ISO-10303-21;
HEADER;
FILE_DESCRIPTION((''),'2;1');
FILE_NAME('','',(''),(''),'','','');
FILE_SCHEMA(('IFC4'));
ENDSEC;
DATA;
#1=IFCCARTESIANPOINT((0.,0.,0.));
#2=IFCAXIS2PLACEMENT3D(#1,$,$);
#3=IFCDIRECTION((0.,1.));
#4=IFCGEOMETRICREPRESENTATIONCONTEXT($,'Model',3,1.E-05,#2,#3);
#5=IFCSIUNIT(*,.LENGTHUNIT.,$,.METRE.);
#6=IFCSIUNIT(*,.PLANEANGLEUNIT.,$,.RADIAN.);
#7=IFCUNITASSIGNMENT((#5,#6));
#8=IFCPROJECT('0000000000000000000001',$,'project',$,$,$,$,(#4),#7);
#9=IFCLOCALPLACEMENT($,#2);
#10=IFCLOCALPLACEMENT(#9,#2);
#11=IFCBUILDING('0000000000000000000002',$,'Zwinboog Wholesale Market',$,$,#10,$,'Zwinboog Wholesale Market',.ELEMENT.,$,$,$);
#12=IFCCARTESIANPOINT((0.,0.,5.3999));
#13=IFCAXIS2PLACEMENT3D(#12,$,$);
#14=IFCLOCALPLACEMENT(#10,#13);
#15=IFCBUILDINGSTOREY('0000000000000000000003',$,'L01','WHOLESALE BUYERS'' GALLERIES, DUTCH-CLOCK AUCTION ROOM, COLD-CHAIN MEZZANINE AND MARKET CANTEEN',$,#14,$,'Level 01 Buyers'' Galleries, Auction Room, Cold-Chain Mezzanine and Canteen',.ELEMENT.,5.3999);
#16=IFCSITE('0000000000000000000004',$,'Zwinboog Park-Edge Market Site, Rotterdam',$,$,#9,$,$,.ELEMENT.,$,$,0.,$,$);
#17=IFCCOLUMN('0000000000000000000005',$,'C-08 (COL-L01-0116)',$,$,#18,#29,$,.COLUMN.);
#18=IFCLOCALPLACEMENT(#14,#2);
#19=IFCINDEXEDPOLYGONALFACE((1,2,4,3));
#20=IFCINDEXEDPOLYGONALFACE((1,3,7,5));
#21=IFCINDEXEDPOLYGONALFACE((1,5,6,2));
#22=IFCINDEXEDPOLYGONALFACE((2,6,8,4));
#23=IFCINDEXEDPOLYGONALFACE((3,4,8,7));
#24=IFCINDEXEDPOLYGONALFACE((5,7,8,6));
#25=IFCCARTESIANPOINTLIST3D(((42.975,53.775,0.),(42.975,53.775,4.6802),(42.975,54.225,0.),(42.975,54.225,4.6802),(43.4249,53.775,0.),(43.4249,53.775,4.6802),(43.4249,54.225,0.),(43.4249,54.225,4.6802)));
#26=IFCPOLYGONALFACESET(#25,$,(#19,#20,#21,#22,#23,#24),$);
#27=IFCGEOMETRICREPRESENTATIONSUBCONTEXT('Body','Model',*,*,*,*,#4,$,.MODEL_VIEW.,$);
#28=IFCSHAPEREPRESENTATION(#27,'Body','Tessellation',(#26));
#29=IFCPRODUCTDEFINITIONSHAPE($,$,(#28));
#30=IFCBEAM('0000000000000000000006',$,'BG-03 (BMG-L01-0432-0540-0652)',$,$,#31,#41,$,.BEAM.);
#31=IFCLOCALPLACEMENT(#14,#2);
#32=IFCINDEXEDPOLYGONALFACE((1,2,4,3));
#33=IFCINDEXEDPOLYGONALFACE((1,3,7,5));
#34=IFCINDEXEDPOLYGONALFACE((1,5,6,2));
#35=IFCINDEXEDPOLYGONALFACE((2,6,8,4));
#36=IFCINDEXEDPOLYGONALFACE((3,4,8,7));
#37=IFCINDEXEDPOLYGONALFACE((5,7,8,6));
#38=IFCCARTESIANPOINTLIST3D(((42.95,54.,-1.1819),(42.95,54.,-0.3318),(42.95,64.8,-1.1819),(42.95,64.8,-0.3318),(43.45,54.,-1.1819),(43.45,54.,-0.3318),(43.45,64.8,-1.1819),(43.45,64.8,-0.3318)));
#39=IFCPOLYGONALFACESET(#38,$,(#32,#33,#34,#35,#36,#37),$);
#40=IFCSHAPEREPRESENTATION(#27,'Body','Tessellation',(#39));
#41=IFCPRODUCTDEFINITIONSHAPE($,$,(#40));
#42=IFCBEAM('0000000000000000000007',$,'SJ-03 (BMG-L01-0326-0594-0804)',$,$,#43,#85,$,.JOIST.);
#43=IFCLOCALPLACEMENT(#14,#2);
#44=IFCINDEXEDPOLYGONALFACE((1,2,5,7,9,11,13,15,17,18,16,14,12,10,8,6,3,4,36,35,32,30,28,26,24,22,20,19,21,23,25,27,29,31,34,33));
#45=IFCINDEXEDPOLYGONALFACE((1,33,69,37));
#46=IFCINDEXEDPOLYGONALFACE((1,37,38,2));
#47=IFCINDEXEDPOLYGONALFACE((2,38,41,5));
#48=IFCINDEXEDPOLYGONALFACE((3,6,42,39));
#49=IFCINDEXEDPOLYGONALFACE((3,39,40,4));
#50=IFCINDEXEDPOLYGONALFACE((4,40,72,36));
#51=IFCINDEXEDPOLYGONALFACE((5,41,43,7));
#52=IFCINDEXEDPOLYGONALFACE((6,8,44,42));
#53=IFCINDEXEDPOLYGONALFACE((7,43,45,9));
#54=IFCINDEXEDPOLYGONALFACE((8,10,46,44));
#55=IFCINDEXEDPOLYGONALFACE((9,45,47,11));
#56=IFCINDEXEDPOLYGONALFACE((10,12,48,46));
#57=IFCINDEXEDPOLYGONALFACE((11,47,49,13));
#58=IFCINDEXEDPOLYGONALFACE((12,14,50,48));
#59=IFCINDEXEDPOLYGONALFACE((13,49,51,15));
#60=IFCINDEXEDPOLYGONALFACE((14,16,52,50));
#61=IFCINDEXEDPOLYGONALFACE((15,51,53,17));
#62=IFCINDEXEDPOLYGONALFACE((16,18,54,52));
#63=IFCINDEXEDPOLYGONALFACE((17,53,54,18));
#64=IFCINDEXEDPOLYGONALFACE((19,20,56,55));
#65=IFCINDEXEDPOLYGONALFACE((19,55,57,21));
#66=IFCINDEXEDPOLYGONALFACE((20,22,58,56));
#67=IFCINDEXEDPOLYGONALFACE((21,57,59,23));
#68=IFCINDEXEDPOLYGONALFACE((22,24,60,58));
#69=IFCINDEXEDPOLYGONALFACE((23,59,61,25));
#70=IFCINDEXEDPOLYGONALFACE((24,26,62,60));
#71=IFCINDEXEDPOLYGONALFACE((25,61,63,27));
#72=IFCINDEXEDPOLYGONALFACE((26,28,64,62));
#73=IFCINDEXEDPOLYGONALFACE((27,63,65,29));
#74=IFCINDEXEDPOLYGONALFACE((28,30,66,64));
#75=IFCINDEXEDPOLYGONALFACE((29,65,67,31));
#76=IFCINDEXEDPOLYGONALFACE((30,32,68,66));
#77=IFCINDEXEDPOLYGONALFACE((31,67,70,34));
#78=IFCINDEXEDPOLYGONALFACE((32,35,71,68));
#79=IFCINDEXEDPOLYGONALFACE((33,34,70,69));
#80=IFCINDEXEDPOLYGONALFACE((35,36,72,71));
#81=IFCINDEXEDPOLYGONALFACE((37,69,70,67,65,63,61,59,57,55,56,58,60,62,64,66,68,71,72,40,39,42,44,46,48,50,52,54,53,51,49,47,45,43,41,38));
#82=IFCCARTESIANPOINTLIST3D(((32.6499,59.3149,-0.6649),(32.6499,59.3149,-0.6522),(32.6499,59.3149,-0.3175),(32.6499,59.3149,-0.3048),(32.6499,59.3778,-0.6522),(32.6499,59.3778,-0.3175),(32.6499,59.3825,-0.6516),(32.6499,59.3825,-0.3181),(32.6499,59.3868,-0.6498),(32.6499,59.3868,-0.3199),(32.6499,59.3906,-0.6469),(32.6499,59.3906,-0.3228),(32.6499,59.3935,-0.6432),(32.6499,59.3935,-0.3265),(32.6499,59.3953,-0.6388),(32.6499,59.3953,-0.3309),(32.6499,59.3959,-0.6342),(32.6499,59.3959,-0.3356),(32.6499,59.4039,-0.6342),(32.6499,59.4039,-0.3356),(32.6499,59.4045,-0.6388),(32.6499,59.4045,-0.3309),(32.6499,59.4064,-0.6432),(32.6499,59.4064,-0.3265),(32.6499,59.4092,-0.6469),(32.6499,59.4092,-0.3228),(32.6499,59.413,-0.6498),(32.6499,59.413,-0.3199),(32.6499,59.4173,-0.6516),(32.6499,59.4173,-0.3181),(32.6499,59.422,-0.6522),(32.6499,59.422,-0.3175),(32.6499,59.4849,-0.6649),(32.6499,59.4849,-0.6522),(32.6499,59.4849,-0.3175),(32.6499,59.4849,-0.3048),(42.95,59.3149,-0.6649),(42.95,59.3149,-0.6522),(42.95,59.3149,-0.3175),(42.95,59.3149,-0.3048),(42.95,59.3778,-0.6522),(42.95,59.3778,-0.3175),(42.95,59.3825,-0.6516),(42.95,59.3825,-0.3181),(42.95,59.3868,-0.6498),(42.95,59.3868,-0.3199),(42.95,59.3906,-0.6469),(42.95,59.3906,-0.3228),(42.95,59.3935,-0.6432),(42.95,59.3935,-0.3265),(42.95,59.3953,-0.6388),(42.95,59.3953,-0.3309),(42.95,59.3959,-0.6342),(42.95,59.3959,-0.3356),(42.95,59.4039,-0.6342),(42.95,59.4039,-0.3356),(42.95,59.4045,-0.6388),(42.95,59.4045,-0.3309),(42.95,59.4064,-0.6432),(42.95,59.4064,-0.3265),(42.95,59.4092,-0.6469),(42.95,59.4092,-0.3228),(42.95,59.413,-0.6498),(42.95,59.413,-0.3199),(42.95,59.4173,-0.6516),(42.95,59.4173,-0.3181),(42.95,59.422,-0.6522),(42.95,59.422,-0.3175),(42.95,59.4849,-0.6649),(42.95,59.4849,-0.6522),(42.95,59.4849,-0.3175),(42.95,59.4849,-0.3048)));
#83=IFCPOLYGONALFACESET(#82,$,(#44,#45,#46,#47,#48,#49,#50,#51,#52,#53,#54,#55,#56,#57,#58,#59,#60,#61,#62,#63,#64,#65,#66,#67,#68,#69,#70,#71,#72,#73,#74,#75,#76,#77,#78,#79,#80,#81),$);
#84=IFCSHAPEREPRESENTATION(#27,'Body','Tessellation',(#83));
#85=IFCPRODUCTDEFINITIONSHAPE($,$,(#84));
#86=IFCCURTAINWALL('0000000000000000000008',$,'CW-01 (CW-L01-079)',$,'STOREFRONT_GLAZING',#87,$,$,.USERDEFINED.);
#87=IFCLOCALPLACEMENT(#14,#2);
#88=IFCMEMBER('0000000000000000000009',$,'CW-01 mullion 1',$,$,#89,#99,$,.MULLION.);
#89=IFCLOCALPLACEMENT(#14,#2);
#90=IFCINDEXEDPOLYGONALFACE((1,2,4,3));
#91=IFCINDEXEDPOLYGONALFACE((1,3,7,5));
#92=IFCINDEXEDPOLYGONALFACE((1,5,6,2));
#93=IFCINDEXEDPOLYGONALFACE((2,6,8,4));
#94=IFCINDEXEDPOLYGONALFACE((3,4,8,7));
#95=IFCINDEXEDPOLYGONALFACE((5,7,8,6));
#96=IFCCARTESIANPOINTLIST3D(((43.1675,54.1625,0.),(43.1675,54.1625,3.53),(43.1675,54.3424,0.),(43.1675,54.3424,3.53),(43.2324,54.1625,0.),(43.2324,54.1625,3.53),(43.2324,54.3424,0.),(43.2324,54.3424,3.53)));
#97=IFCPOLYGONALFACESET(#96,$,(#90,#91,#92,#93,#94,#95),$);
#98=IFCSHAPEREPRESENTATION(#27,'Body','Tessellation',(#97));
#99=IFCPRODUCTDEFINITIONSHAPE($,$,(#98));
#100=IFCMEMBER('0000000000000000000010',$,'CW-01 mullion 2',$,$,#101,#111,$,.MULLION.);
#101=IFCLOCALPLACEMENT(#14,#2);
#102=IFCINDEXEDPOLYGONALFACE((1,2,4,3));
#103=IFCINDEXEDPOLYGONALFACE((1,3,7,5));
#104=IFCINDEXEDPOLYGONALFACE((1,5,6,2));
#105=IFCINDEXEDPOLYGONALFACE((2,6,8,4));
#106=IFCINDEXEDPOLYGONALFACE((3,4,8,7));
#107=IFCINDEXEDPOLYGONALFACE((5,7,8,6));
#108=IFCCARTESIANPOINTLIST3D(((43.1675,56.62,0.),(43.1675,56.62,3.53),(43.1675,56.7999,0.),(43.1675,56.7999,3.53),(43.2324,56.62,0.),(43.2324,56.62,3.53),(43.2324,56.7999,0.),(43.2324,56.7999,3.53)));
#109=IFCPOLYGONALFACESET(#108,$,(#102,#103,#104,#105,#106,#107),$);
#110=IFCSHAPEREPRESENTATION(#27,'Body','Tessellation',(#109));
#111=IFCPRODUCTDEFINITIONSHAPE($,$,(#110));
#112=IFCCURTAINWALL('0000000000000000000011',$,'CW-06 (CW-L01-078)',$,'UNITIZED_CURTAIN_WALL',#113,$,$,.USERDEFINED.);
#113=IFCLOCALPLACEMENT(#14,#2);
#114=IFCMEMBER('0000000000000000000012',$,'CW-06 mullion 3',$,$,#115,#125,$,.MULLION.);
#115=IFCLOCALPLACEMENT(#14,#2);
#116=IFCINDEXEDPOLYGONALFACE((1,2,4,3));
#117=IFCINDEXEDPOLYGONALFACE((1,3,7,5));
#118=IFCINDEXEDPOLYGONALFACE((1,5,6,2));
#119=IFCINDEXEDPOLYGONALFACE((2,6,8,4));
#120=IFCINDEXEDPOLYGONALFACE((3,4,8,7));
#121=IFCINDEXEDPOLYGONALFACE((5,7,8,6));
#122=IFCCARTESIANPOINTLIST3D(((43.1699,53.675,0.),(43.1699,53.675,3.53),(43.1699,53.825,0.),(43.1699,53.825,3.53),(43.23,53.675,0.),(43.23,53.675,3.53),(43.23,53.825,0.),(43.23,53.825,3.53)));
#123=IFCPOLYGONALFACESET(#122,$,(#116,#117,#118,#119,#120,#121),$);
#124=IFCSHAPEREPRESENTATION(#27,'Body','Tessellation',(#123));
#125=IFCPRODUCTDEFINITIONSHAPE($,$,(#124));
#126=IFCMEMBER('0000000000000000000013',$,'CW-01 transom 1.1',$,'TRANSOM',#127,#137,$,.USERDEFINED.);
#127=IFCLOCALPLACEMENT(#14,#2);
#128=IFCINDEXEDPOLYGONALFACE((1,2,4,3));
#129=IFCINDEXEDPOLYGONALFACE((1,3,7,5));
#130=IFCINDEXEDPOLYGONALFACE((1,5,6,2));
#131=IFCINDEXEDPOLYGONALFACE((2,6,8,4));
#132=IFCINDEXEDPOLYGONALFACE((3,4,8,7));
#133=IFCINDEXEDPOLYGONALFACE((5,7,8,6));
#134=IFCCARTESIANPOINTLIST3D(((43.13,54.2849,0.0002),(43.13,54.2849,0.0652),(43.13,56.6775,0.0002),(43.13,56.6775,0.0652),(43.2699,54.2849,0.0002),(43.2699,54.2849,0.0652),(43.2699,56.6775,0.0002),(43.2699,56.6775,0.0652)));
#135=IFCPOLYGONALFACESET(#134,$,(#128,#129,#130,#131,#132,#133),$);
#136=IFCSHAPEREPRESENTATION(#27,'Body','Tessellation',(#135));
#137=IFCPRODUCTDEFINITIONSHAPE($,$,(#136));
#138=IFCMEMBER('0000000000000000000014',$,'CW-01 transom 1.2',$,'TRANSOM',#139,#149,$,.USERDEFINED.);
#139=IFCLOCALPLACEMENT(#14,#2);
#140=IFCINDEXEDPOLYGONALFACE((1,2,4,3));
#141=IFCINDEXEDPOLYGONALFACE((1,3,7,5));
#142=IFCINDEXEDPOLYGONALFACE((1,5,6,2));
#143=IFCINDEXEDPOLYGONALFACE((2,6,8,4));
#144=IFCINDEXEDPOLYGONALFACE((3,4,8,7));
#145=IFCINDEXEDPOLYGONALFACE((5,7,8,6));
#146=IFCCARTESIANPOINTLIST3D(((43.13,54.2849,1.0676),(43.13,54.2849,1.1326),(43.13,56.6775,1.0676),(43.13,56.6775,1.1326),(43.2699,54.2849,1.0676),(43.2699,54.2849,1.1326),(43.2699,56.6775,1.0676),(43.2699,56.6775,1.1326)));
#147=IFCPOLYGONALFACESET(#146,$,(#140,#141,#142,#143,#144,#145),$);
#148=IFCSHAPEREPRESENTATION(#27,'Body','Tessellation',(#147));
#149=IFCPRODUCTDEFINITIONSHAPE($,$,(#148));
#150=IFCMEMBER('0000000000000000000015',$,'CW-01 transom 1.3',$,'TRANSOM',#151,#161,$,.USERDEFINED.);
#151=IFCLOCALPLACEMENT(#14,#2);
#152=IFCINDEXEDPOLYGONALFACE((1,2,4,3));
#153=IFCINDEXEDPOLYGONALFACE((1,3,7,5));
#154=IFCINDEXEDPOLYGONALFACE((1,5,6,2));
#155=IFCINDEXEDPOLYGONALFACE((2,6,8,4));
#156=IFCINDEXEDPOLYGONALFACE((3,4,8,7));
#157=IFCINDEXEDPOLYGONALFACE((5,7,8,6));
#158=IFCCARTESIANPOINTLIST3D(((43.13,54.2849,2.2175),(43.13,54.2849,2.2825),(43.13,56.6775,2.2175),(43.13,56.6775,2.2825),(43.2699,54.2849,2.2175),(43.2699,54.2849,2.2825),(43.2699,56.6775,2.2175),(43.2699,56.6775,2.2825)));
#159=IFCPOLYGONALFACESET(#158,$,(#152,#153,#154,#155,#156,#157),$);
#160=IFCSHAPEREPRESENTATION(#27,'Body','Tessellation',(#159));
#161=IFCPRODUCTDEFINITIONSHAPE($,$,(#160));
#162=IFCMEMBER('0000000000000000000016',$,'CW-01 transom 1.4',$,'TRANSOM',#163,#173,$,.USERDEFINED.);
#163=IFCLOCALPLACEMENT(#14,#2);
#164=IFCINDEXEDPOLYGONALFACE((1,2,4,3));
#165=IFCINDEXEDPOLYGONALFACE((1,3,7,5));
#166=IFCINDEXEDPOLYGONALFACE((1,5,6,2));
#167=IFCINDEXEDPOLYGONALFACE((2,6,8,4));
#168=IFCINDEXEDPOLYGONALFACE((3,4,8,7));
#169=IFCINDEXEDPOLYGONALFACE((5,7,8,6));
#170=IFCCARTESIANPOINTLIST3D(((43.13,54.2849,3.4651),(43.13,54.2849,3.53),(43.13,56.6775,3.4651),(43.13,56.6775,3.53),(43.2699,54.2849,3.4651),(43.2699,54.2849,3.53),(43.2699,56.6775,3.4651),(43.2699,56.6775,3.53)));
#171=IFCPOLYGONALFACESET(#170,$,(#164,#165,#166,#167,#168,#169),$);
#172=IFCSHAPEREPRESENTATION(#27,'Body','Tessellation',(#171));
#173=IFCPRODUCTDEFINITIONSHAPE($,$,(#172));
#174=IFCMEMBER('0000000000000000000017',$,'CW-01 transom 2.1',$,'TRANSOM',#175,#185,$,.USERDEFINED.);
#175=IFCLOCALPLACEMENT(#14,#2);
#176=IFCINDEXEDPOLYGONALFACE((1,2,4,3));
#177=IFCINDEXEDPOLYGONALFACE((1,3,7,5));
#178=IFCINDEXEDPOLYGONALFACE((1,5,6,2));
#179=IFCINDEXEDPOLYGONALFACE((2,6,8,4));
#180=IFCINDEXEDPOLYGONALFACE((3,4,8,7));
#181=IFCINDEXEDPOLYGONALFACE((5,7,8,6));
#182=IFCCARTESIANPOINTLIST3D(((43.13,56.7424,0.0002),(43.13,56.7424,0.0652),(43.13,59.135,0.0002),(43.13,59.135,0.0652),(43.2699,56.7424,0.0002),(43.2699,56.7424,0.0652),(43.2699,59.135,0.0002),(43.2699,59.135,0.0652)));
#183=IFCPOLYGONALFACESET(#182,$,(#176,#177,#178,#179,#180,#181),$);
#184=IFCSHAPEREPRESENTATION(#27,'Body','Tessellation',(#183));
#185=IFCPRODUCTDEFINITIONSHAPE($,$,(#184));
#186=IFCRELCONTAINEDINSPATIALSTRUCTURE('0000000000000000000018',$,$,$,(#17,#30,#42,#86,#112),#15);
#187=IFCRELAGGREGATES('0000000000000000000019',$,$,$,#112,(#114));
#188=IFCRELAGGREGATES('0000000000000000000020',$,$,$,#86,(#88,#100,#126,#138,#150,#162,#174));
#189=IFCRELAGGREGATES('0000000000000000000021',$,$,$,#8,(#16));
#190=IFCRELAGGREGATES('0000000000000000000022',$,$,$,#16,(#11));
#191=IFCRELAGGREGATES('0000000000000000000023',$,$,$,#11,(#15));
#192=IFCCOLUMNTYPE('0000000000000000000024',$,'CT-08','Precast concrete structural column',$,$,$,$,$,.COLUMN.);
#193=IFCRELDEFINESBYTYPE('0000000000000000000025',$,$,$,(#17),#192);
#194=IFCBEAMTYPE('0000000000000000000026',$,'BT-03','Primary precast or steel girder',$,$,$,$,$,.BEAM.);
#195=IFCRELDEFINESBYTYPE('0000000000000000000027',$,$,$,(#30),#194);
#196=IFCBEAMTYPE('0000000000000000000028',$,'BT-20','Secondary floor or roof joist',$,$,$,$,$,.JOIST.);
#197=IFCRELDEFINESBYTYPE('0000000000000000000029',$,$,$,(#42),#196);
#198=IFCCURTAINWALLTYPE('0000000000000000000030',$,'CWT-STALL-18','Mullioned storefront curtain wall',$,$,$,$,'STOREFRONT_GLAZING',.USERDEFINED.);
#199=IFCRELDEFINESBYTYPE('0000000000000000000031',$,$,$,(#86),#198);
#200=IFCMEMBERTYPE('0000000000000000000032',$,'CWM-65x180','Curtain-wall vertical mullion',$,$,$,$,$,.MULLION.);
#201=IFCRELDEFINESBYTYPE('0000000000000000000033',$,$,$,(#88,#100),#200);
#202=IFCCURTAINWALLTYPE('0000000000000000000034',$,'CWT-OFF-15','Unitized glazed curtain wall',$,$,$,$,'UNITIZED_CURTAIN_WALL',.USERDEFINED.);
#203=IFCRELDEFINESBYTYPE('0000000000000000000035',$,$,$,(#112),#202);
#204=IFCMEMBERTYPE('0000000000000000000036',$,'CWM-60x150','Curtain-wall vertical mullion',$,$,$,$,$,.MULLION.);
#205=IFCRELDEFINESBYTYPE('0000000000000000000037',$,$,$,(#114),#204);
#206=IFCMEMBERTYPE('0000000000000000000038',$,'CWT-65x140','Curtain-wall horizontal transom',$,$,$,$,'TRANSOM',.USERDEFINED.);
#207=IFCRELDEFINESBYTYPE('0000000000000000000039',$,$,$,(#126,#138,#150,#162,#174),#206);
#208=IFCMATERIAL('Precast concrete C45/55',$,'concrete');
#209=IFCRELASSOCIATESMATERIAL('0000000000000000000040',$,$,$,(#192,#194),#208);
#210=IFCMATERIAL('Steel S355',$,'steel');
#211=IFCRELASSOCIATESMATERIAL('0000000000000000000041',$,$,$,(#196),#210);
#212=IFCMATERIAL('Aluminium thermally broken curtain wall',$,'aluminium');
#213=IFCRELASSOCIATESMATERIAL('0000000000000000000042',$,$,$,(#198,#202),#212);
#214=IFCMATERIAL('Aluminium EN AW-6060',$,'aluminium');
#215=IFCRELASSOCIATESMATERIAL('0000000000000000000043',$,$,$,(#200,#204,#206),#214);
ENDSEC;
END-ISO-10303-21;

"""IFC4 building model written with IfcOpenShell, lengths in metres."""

from ifc_helpers import new_model, si_unit, direction, frame, origin, origin_2d, place, context, subcontext, project, spatial, rectangle, i_section, extrude, material, material_profile, profile_set, type_object, element, aggregate, save


model = new_model("IFC4")

# Units and contexts
model_context = context("Model", 3, precision=1e-05, world=origin(), true_north=direction((0.0, 1.0)))
body_context = subcontext(model_context, "Body", "Model", "MODEL_VIEW")
ifc_project = project(units=[si_unit("LENGTHUNIT", "METRE"), si_unit("PLANEANGLEUNIT", "RADIAN")], contexts=[model_context])

# Site, building, storey
site_placement = place(None, origin())
site = spatial("IfcSite", under=ifc_project, at=site_placement, Name="Zwinboog Park-Edge Market Site, Rotterdam", CompositionType="ELEMENT", RefElevation=0.0)
building_placement = place(site_placement, origin())
building = spatial("IfcBuilding", under=site, at=building_placement, Name="Zwinboog Wholesale Market", LongName="Zwinboog Wholesale Market", CompositionType="ELEMENT")
storey_placement = place(building_placement, frame((0.0, 0.0, 5.3999)))
storey = spatial("IfcBuildingStorey", under=building, at=storey_placement, Name="L01", Description="WHOLESALE BUYERS' GALLERIES, DUTCH-CLOCK AUCTION ROOM, COLD-CHAIN MEZZANINE AND MARKET CANTEEN", LongName="Level 01 Buyers' Galleries, Auction Room, Cold-Chain Mezzanine and Canteen", CompositionType="ELEMENT", Elevation=5.3999)

# Column
ifc_material_1 = material(Name="Precast concrete C45/55", Category="concrete")
ifc_material_profile_1 = material_profile(ifc_material_1, rectangle(XDim=0.45, YDim=0.45, at=origin_2d()), Name="PC 450x450")
ifc_profile_set_1 = profile_set([ifc_material_profile_1], Name="Precast concrete C45/55")
column_type = type_object("IfcColumnType", Name="CT-08", Description="Precast concrete structural column", PredefinedType="COLUMN", material=ifc_profile_set_1)
column_placement = place(storey_placement, frame((43.2, 54.0, 0.0), z_axis=(0.0, 0.0, 1.0), x_axis=(1.0, 0.0, 0.0)))
element("IfcColumn", 1, at=column_placement, inside=storey, type_object=column_type, Name="C-08 (COL-L01-0116)", PredefinedType="COLUMN", context=body_context, shape_type="SweptSolid", body=[
    extrude(rectangle(XDim=0.45, YDim=0.45, at=origin_2d()), origin(), (0.0, 0.0, 1.0), 4.6802),
])

# Beams
ifc_material_profile_2 = material_profile(ifc_material_1, rectangle(XDim=0.5, YDim=0.8501, at=origin_2d()), Name="PC 500x850")
ifc_profile_set_2 = profile_set([ifc_material_profile_2], Name="Precast concrete C45/55")
beam_type_1 = type_object("IfcBeamType", Name="BT-03", Description="Primary precast or steel girder", PredefinedType="BEAM", material=ifc_profile_set_2)
beam_1_placement = place(storey_placement, frame((43.2, 54.0, -0.7568), z_axis=(0.0, 1.0, 0.0), x_axis=(-1.0, 0.0, 0.0)))
element("IfcBeam", 2, at=beam_1_placement, inside=storey, type_object=beam_type_1, Name="BG-03 (BMG-L01-0432-0540-0652)", PredefinedType="BEAM", context=body_context, shape_type="SweptSolid", body=[
    extrude(rectangle(XDim=0.5, YDim=0.8501, at=origin_2d()), origin(), (0.0, 0.0, 1.0), 10.8),
])
ifc_material_2 = material(Name="Steel S355", Category="steel")
ifc_material_profile_3 = material_profile(ifc_material_2, i_section(OverallWidth=0.1699, OverallDepth=0.3601, WebThickness=0.0081, FlangeThickness=0.0127, FilletRadius=0.0181, at=origin_2d()), Name="IPE 360")
ifc_profile_set_3 = profile_set([ifc_material_profile_3], Name="Steel S355")
beam_type_2 = type_object("IfcBeamType", Name="BT-20", Description="Secondary floor or roof joist", PredefinedType="JOIST", material=ifc_profile_set_3)
beam_2_placement = place(storey_placement, frame((32.6499, 59.3999, -0.4849), z_axis=(1.0, 0.0, 0.0), x_axis=(0.0, 1.0, 0.0)))
element("IfcBeam", 3, at=beam_2_placement, inside=storey, type_object=beam_type_2, Name="SJ-03 (BMG-L01-0326-0594-0804)", PredefinedType="JOIST", context=body_context, shape_type="SweptSolid", body=[
    extrude(i_section(OverallWidth=0.1699, OverallDepth=0.3601, WebThickness=0.0081, FlangeThickness=0.0127, FilletRadius=0.0181, at=origin_2d()), origin(), (0.0, 0.0, 1.0), 10.3),
])

# Curtain wall, members
ifc_material_3 = material(Name="Aluminium thermally broken curtain wall", Category="aluminium")
curtain_wall_type_1 = type_object("IfcCurtainWallType", Name="CWT-STALL-18", Description="Mullioned storefront curtain wall", ElementType="STOREFRONT_GLAZING", PredefinedType="USERDEFINED", material=ifc_material_3)
curtain_wall_1_placement = place(storey_placement, origin())
curtain_wall_1 = element("IfcCurtainWall", 4, at=curtain_wall_1_placement, inside=storey, type_object=curtain_wall_type_1, Name="CW-01 (CW-L01-079)", ObjectType="STOREFRONT_GLAZING", PredefinedType="USERDEFINED")
ifc_material_4 = material(Name="Aluminium EN AW-6060", Category="aluminium")
ifc_material_profile_4 = material_profile(ifc_material_4, rectangle(XDim=0.0649, YDim=0.1799, at=origin_2d()), Name="AL 65x180")
ifc_profile_set_4 = profile_set([ifc_material_profile_4], Name="Aluminium EN AW-6060")
member_type_1 = type_object("IfcMemberType", Name="CWM-65x180", Description="Curtain-wall vertical mullion", PredefinedType="MULLION", material=ifc_profile_set_4)
member_1_placement = place(storey_placement, frame((43.2, 54.2524, 0.0), z_axis=(0.0, 0.0, 1.0), x_axis=(-1.0, 0.0, 0.0)))
member_1 = element("IfcMember", 5, at=member_1_placement, type_object=member_type_1, Name="CW-01 mullion 1", PredefinedType="MULLION", context=body_context, shape_type="SweptSolid", body=[
    extrude(rectangle(XDim=0.0649, YDim=0.1799, at=origin_2d()), origin(), (0.0, 0.0, 1.0), 3.53),
])
member_2_placement = place(storey_placement, frame((43.2, 56.71, 0.0), z_axis=(0.0, 0.0, 1.0), x_axis=(-1.0, 0.0, 0.0)))
member_2 = element("IfcMember", 6, at=member_2_placement, type_object=member_type_1, Name="CW-01 mullion 2", PredefinedType="MULLION", context=body_context, shape_type="SweptSolid", body=[
    extrude(rectangle(XDim=0.0649, YDim=0.1799, at=origin_2d()), origin(), (0.0, 0.0, 1.0), 3.53),
])

# Curtain wall, member
curtain_wall_type_2 = type_object("IfcCurtainWallType", Name="CWT-OFF-15", Description="Unitized glazed curtain wall", ElementType="UNITIZED_CURTAIN_WALL", PredefinedType="USERDEFINED", material=ifc_material_3)
curtain_wall_2_placement = place(storey_placement, origin())
curtain_wall_2 = element("IfcCurtainWall", 7, at=curtain_wall_2_placement, inside=storey, type_object=curtain_wall_type_2, Name="CW-06 (CW-L01-078)", ObjectType="UNITIZED_CURTAIN_WALL", PredefinedType="USERDEFINED")
ifc_material_profile_5 = material_profile(ifc_material_4, rectangle(XDim=0.0601, YDim=0.1499, at=origin_2d()), Name="AL 60x150")
ifc_profile_set_5 = profile_set([ifc_material_profile_5], Name="Aluminium EN AW-6060")
member_type_2 = type_object("IfcMemberType", Name="CWM-60x150", Description="Curtain-wall vertical mullion", PredefinedType="MULLION", material=ifc_profile_set_5)
member_3_placement = place(storey_placement, frame((43.2, 53.75, 0.0), z_axis=(0.0, 0.0, 1.0), x_axis=(-1.0, 0.0, 0.0)))
member_3 = element("IfcMember", 8, at=member_3_placement, type_object=member_type_2, Name="CW-06 mullion 3", PredefinedType="MULLION", context=body_context, shape_type="SweptSolid", body=[
    extrude(rectangle(XDim=0.0601, YDim=0.1499, at=origin_2d()), origin(), (0.0, 0.0, 1.0), 3.53),
])
aggregate(curtain_wall_2, [member_3])

# Members
ifc_material_profile_6 = material_profile(ifc_material_4, rectangle(XDim=0.1399, YDim=0.0649, at=origin_2d()), Name="AL 65x140")
ifc_profile_set_6 = profile_set([ifc_material_profile_6], Name="Aluminium EN AW-6060")
member_type_3 = type_object("IfcMemberType", Name="CWT-65x140", Description="Curtain-wall horizontal transom", ElementType="TRANSOM", PredefinedType="USERDEFINED", material=ifc_profile_set_6)
member_4_placement = place(storey_placement, frame((43.2, 54.2849, 0.0327), z_axis=(0.0, 1.0, 0.0), x_axis=(-1.0, 0.0, 0.0)))
member_4 = element("IfcMember", 9, at=member_4_placement, type_object=member_type_3, Name="CW-01 transom 1.1", ObjectType="TRANSOM", PredefinedType="USERDEFINED", context=body_context, shape_type="SweptSolid", body=[
    extrude(rectangle(XDim=0.1399, YDim=0.0649, at=origin_2d()), origin(), (0.0, 0.0, 1.0), 2.3926),
])
member_5_placement = place(storey_placement, frame((43.2, 54.2849, 1.1001), z_axis=(0.0, 1.0, 0.0), x_axis=(-1.0, 0.0, 0.0)))
member_5 = element("IfcMember", 10, at=member_5_placement, type_object=member_type_3, Name="CW-01 transom 1.2", ObjectType="TRANSOM", PredefinedType="USERDEFINED", context=body_context, shape_type="SweptSolid", body=[
    extrude(rectangle(XDim=0.1399, YDim=0.0649, at=origin_2d()), origin(), (0.0, 0.0, 1.0), 2.3926),
])
member_6_placement = place(storey_placement, frame((43.2, 54.2849, 2.25), z_axis=(0.0, 1.0, 0.0), x_axis=(-1.0, 0.0, 0.0)))
member_6 = element("IfcMember", 11, at=member_6_placement, type_object=member_type_3, Name="CW-01 transom 1.3", ObjectType="TRANSOM", PredefinedType="USERDEFINED", context=body_context, shape_type="SweptSolid", body=[
    extrude(rectangle(XDim=0.1399, YDim=0.0649, at=origin_2d()), origin(), (0.0, 0.0, 1.0), 2.3926),
])
member_7_placement = place(storey_placement, frame((43.2, 54.2849, 3.4976), z_axis=(0.0, 1.0, 0.0), x_axis=(-1.0, 0.0, 0.0)))
member_7 = element("IfcMember", 12, at=member_7_placement, type_object=member_type_3, Name="CW-01 transom 1.4", ObjectType="TRANSOM", PredefinedType="USERDEFINED", context=body_context, shape_type="SweptSolid", body=[
    extrude(rectangle(XDim=0.1399, YDim=0.0649, at=origin_2d()), origin(), (0.0, 0.0, 1.0), 2.3926),
])
member_8_placement = place(storey_placement, frame((43.2, 56.7424, 0.0327), z_axis=(0.0, 1.0, 0.0), x_axis=(-1.0, 0.0, 0.0)))
member_8 = element("IfcMember", 13, at=member_8_placement, type_object=member_type_3, Name="CW-01 transom 2.1", ObjectType="TRANSOM", PredefinedType="USERDEFINED", context=body_context, shape_type="SweptSolid", body=[
    extrude(rectangle(XDim=0.1399, YDim=0.0649, at=origin_2d()), origin(), (0.0, 0.0, 1.0), 2.3926),
])

aggregate(curtain_wall_1, [member_1, member_2, member_4, member_5, member_6, member_7, member_8])

save(model, "model.ifc")
